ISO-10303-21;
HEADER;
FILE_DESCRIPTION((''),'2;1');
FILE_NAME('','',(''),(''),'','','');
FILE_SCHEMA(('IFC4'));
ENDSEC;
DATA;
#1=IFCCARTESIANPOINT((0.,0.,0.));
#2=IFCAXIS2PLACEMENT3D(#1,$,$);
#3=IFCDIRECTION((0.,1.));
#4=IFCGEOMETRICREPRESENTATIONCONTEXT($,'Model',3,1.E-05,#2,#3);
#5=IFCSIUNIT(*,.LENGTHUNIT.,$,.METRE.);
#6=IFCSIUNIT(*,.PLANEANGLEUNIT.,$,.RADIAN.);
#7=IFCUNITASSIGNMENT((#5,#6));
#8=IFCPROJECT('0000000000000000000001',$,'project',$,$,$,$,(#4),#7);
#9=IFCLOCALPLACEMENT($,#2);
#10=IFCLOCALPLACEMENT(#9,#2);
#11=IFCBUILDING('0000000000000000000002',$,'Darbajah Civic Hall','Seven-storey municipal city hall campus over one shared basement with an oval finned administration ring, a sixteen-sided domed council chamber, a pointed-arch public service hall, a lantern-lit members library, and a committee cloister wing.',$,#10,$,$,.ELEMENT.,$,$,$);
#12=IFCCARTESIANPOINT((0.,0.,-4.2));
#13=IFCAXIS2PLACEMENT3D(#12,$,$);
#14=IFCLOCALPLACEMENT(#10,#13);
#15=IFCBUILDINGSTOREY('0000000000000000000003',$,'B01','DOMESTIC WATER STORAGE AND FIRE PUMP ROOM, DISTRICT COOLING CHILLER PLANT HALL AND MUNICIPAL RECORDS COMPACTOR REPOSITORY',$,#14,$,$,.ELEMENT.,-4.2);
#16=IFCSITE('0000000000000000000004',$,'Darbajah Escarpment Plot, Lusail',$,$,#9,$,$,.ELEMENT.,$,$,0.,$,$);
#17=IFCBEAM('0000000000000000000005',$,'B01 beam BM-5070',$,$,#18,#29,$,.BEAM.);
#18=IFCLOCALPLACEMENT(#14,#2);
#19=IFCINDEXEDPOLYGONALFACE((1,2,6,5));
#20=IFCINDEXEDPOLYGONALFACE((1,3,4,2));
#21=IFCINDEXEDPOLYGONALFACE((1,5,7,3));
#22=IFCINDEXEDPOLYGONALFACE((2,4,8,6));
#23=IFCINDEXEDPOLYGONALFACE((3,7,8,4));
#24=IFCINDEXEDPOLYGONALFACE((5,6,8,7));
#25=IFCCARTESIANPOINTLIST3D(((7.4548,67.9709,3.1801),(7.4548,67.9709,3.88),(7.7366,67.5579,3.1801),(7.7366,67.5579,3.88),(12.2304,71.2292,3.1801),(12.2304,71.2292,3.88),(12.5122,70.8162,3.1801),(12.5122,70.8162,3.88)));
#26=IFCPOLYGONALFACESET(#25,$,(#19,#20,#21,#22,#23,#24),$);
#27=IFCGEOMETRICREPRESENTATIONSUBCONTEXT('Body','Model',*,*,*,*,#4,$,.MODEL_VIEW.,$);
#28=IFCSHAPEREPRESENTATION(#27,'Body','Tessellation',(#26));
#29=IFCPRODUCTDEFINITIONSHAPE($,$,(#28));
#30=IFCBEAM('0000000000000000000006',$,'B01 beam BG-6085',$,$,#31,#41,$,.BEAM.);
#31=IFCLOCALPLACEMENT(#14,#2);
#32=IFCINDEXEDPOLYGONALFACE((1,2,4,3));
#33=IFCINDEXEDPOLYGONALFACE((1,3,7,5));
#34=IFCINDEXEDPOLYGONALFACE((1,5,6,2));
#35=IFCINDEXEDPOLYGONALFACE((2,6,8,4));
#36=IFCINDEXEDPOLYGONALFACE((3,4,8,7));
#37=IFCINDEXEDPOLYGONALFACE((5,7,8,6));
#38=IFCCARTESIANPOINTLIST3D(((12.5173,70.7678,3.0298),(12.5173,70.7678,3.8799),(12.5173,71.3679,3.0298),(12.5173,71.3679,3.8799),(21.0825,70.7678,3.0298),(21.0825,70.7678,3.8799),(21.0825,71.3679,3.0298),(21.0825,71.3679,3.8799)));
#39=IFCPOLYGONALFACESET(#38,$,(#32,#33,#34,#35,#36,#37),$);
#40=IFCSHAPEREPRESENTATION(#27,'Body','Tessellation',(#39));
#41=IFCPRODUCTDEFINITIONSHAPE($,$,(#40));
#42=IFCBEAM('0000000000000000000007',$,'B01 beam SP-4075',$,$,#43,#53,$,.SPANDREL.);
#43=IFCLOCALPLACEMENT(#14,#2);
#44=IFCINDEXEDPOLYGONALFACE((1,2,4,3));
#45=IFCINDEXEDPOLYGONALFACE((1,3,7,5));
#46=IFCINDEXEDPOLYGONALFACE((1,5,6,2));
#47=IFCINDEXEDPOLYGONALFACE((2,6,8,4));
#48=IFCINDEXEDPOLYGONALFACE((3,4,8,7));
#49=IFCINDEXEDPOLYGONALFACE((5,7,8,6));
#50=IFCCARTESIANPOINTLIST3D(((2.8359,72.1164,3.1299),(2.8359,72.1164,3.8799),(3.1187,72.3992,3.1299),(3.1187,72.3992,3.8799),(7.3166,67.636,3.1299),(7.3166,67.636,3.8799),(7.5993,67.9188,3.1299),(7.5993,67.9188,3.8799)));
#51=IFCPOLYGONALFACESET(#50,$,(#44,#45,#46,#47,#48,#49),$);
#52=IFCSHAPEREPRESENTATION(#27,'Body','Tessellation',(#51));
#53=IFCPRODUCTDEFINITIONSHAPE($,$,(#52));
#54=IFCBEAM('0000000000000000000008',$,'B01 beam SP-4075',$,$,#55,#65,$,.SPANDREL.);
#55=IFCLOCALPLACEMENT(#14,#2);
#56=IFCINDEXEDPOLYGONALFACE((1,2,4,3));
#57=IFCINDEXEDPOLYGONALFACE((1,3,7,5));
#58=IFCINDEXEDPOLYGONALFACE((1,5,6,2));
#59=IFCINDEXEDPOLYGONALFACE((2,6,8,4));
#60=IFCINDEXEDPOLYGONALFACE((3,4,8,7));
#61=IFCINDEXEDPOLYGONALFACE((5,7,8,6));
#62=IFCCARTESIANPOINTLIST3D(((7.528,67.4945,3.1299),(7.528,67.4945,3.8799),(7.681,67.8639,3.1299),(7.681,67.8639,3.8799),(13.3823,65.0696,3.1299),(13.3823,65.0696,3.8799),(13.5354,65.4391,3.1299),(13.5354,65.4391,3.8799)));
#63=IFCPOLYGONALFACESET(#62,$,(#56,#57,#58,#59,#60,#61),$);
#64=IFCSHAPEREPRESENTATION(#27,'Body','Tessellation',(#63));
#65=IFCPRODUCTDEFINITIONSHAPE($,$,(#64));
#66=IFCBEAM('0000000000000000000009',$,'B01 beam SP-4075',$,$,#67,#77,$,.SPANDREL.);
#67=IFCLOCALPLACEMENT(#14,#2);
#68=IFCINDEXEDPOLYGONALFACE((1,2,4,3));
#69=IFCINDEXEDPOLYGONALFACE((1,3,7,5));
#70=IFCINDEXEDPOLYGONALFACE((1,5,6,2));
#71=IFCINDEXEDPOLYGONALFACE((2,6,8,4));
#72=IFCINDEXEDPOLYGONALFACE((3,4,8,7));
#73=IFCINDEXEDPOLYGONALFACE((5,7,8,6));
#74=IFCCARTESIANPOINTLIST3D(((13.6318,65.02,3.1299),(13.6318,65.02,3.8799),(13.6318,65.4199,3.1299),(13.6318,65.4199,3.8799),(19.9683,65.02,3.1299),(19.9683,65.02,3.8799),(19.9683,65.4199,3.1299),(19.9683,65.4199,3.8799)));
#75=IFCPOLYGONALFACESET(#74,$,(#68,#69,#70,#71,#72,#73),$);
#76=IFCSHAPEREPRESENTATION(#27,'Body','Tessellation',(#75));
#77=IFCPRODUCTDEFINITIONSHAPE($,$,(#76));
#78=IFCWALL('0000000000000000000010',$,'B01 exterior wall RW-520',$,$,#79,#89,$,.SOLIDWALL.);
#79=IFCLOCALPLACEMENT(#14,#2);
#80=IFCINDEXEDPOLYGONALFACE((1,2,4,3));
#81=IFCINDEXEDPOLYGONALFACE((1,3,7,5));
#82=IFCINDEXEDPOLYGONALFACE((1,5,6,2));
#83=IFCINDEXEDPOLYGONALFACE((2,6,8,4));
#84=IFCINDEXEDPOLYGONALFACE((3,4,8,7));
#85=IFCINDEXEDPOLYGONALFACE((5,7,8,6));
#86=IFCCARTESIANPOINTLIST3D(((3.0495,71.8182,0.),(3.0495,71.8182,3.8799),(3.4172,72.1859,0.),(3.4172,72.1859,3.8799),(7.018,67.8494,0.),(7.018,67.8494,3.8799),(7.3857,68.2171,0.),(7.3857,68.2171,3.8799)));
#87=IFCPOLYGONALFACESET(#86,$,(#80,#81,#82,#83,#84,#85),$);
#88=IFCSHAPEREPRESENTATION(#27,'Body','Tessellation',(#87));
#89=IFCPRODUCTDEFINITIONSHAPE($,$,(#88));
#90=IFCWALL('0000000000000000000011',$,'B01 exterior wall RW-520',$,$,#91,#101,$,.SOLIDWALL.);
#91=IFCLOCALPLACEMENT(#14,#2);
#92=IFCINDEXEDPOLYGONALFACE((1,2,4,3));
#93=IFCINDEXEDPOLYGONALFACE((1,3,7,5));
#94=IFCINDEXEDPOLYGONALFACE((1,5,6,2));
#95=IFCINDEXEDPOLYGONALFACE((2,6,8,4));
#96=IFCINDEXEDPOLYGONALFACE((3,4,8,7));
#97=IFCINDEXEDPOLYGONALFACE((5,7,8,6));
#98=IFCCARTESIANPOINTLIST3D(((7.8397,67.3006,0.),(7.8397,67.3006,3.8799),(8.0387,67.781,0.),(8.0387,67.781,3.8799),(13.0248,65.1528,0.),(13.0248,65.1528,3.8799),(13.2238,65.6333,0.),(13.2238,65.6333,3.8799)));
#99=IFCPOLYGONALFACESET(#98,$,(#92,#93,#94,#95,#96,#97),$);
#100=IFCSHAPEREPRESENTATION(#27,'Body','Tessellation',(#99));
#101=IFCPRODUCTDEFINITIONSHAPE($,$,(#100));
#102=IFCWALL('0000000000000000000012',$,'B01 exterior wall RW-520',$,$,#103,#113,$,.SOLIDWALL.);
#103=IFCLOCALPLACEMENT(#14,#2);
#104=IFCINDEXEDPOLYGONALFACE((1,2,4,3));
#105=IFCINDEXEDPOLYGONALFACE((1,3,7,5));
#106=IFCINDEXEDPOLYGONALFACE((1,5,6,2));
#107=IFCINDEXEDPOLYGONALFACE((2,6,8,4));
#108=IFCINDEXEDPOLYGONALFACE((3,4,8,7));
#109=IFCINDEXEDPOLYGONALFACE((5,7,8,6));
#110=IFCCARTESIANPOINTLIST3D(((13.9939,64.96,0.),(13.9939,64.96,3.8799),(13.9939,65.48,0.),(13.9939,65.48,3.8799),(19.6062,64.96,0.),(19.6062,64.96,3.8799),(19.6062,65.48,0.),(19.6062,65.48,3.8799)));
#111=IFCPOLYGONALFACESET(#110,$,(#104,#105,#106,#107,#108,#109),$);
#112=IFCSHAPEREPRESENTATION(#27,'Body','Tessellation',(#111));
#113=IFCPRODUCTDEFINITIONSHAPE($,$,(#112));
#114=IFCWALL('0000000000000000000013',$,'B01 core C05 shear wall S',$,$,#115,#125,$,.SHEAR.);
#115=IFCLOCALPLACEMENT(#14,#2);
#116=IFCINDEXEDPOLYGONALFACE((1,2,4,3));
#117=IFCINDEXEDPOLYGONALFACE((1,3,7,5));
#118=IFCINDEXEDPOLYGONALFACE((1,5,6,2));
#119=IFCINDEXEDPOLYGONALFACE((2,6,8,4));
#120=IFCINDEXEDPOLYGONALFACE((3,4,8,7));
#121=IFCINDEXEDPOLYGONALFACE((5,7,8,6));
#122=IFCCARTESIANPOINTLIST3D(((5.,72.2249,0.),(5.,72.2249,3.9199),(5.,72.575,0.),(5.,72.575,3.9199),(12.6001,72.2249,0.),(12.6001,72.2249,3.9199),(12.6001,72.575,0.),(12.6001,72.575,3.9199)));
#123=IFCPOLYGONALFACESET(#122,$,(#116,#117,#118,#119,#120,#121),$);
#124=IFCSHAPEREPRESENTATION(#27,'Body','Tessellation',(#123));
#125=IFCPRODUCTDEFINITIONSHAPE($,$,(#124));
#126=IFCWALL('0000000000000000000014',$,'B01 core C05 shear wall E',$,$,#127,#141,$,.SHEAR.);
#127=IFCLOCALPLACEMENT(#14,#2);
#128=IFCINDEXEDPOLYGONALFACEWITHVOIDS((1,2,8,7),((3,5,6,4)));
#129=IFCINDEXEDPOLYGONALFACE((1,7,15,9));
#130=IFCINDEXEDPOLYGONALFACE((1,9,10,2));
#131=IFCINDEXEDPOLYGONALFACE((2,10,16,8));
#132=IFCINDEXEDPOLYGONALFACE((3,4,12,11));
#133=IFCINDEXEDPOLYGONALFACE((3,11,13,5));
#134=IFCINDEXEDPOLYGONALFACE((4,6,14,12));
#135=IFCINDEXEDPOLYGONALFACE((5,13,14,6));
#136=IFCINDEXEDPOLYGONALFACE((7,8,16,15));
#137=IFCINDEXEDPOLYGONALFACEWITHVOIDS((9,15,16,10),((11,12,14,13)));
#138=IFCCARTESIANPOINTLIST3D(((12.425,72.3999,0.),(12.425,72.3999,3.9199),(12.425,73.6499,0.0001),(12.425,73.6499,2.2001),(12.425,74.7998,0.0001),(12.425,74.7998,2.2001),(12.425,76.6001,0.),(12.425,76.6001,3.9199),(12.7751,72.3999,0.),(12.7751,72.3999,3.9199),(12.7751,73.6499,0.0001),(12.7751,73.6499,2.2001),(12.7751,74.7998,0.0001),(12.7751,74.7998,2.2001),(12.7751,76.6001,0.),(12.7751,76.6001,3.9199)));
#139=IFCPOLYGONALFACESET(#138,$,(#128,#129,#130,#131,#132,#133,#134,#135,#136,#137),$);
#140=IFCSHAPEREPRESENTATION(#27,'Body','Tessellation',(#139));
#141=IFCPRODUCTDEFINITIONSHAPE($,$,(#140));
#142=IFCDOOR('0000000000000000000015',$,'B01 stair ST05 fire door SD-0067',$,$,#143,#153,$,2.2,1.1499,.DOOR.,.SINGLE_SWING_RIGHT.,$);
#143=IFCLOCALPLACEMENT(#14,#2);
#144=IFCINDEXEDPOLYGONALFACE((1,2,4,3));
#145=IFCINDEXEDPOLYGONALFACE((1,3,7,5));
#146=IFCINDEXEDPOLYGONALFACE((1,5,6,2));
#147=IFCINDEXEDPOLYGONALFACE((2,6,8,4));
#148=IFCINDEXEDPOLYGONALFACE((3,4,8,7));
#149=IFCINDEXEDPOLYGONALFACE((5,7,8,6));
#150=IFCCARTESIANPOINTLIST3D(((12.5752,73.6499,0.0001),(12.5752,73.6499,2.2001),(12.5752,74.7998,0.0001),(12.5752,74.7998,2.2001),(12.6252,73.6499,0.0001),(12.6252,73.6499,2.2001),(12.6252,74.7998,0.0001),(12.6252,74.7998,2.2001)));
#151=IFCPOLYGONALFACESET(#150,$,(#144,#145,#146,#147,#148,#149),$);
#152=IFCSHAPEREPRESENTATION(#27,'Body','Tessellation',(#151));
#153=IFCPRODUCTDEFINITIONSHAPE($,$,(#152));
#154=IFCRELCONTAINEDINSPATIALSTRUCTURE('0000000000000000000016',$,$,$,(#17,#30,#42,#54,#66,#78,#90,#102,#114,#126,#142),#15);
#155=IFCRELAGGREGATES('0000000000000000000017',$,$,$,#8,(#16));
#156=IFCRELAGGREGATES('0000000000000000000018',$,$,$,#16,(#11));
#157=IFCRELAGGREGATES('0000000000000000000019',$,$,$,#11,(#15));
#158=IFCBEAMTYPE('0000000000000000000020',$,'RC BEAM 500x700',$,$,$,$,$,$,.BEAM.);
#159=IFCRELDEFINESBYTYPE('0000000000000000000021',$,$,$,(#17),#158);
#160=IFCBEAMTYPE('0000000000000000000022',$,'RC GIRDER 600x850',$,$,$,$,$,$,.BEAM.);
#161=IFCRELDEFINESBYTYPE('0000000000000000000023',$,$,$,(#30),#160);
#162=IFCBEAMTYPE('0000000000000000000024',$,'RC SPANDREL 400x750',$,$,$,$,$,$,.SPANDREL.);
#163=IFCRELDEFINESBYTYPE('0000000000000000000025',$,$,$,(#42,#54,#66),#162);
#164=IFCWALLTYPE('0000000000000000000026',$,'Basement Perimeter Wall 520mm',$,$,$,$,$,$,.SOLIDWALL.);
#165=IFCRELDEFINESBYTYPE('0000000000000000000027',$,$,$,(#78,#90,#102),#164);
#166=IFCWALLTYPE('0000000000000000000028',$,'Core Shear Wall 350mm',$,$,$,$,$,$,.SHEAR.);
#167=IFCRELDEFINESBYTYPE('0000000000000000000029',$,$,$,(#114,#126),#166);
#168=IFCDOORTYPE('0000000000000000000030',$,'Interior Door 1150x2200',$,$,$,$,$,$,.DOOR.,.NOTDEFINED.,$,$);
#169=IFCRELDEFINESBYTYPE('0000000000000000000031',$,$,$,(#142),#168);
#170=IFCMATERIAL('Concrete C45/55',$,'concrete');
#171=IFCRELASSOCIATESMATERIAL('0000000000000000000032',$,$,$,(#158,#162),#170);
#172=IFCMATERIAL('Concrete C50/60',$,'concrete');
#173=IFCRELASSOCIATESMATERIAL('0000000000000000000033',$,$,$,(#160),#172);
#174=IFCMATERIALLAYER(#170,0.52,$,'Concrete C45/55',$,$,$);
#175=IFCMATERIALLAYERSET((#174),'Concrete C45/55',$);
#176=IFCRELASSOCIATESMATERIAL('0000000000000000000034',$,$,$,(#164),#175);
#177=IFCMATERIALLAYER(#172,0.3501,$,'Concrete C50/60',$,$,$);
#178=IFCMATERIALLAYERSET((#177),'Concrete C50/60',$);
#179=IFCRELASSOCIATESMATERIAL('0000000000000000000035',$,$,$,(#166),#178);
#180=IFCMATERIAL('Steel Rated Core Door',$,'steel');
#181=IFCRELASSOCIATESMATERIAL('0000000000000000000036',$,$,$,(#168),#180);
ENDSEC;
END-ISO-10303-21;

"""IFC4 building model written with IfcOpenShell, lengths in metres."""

from ifc_helpers import new_model, si_unit, direction, frame, frame_2d, origin, origin_2d, place, context, subcontext, project, spatial, rectangle, extrude, material, layer, layer_set, material_profile, profile_set, type_object, element, fill, save


model = new_model("IFC4")

# Units and contexts
model_context = context("Model", 3, precision=1e-05, world=origin(), true_north=direction((0.0, 1.0)))
body_context = subcontext(model_context, "Body", "Model", "MODEL_VIEW")
ifc_project = project(units=[si_unit("LENGTHUNIT", "METRE"), si_unit("PLANEANGLEUNIT", "RADIAN")], contexts=[model_context])

# Site, building, storey
site_placement = place(None, origin())
site = spatial("IfcSite", under=ifc_project, at=site_placement, Name="Darbajah Escarpment Plot, Lusail", CompositionType="ELEMENT", RefElevation=0.0)
building_placement = place(site_placement, origin())
building = spatial("IfcBuilding", under=site, at=building_placement, Name="Darbajah Civic Hall", Description="Seven-storey municipal city hall campus over one shared basement with an oval finned administration ring, a sixteen-sided domed council chamber, a pointed-arch public service hall, a lantern-lit members library, and a committee cloister wing.", CompositionType="ELEMENT")
storey_placement = place(building_placement, frame((0.0, 0.0, -4.2)))
storey = spatial("IfcBuildingStorey", under=building, at=storey_placement, Name="B01", Description="DOMESTIC WATER STORAGE AND FIRE PUMP ROOM, DISTRICT COOLING CHILLER PLANT HALL AND MUNICIPAL RECORDS COMPACTOR REPOSITORY", CompositionType="ELEMENT", Elevation=-4.2)

# Shared definitions
ifc_material_1 = material(Name="Concrete C45/55", Category="concrete")

# Shared definitions
ifc_material_2 = material(Name="Concrete C50/60", Category="concrete")

# Beams
ifc_material_profile_1 = material_profile(ifc_material_1, rectangle(XDim=0.5, YDim=0.7, at=origin_2d()), Name="RC BEAM 500x700")
ifc_profile_set_1 = profile_set([ifc_material_profile_1], Name="Concrete C45/55")
beam_type_1 = type_object("IfcBeamType", Name="RC BEAM 500x700", PredefinedType="BEAM", material=ifc_profile_set_1)
beam_1_placement = place(storey_placement, frame((12.3713, 71.0227, 3.53), z_axis=(-0.826051, -0.563595, 0.0), x_axis=(0.563595, -0.826051, 0.0)))
element("IfcBeam", 1, at=beam_1_placement, inside=storey, type_object=beam_type_1, Name="B01 beam BM-5070", PredefinedType="BEAM", context=body_context, shape_type="SweptSolid", body=[
    extrude(rectangle(XDim=0.5, YDim=0.7, at=origin_2d()), origin(), (0.0, 0.0, 1.0), 5.7812),
])
ifc_material_profile_2 = material_profile(ifc_material_2, rectangle(XDim=0.6001, YDim=0.8501, at=origin_2d()), Name="RC GIRDER 600x850")
ifc_profile_set_2 = profile_set([ifc_material_profile_2], Name="Concrete C50/60")
beam_type_2 = type_object("IfcBeamType", Name="RC GIRDER 600x850", PredefinedType="BEAM", material=ifc_profile_set_2)
beam_2_placement = place(storey_placement, frame((12.5173, 71.0679, 3.4548), z_axis=(1.0, 0.0, 0.0), x_axis=(0.0, 1.0, 0.0)))
element("IfcBeam", 2, at=beam_2_placement, inside=storey, type_object=beam_type_2, Name="B01 beam BG-6085", PredefinedType="BEAM", context=body_context, shape_type="SweptSolid", body=[
    extrude(rectangle(XDim=0.6001, YDim=0.8501, at=origin_2d()), origin(), (0.0, 0.0, 1.0), 8.5652),
])
ifc_material_profile_3 = material_profile(ifc_material_1, rectangle(XDim=0.3999, YDim=0.75, at=origin_2d()), Name="RC SPANDREL 400x750")
ifc_profile_set_3 = profile_set([ifc_material_profile_3], Name="Concrete C45/55")
beam_type_3 = type_object("IfcBeamType", Name="RC SPANDREL 400x750", PredefinedType="SPANDREL", material=ifc_profile_set_3)
beam_3_placement = place(storey_placement, frame((2.9773, 72.2578, 3.5049), z_axis=(0.707126, -0.707088, 0.0), x_axis=(0.707088, 0.707126, 0.0)))
element("IfcBeam", 3, at=beam_3_placement, inside=storey, type_object=beam_type_3, Name="B01 beam SP-4075", PredefinedType="SPANDREL", context=body_context, shape_type="SweptSolid", body=[
    extrude(rectangle(XDim=0.3999, YDim=0.75, at=origin_2d()), origin(), (0.0, 0.0, 1.0), 6.3364),
])
beam_4_placement = place(storey_placement, frame((7.6045, 67.6792, 3.5049), z_axis=(0.923885, -0.382669, 0.0), x_axis=(0.382669, 0.923885, 0.0)))
element("IfcBeam", 4, at=beam_4_placement, inside=storey, type_object=beam_type_3, Name="B01 beam SP-4075", PredefinedType="SPANDREL", context=body_context, shape_type="SweptSolid", body=[
    extrude(rectangle(XDim=0.3999, YDim=0.75, at=origin_2d()), origin(), (0.0, 0.0, 1.0), 6.3367),
])
beam_5_placement = place(storey_placement, frame((13.6318, 65.22, 3.5049), z_axis=(1.0, 0.0, 0.0), x_axis=(0.0, 1.0, 0.0)))
element("IfcBeam", 5, at=beam_5_placement, inside=storey, type_object=beam_type_3, Name="B01 beam SP-4075", PredefinedType="SPANDREL", context=body_context, shape_type="SweptSolid", body=[
    extrude(rectangle(XDim=0.3999, YDim=0.75, at=origin_2d()), origin(), (0.0, 0.0, 1.0), 6.3364),
])

# Walls
ifc_layer_1 = layer(ifc_material_1, 0.52, Name="Concrete C45/55")
ifc_layer_set_1 = layer_set([ifc_layer_1], Name="Concrete C45/55")
wall_type_1 = type_object("IfcWallType", Name="Basement Perimeter Wall 520mm", PredefinedType="SOLIDWALL", material=ifc_layer_set_1)
wall_1_placement = place(storey_placement, frame((3.2334, 72.002, 0.0), z_axis=(0.0, 0.0, 1.0), x_axis=(0.707085, -0.707129, 0.0)))
element("IfcWall", 6, at=wall_1_placement, inside=storey, type_object=wall_type_1, Name="B01 exterior wall RW-520", PredefinedType="SOLIDWALL", context=body_context, shape_type="SweptSolid", body=[
    extrude(rectangle(XDim=5.6125, YDim=0.52, at=frame_2d((2.8062, 0.0))), origin(), (0.0, 0.0, 1.0), 3.8799),
])
for number, where, z_axis, x_axis, name in (
    (7, (7.9392, 67.5408, 0.0), (0.0, 0.0, 1.0), (0.923881, -0.382681, 0.0), "B01 exterior wall RW-520"),
    (8, (13.9939, 65.22, 0.0), (0.0, 0.0, 1.0), (1.0, 0.0, 0.0), "B01 exterior wall RW-520"),
):
    element("IfcWall", number, at=place(storey_placement, frame(where, z_axis=z_axis, x_axis=x_axis)), inside=storey, type_object=wall_type_1, Name=name, PredefinedType="SOLIDWALL", context=body_context, shape_type="SweptSolid", body=[
        extrude(rectangle(XDim=5.6123, YDim=0.52, at=frame_2d((2.8062, 0.0))), origin(), (0.0, 0.0, 1.0), 3.8799),
    ])
ifc_layer_2 = layer(ifc_material_2, 0.3501, Name="Concrete C50/60")
ifc_layer_set_2 = layer_set([ifc_layer_2], Name="Concrete C50/60")
wall_type_2 = type_object("IfcWallType", Name="Core Shear Wall 350mm", PredefinedType="SHEAR", material=ifc_layer_set_2)
wall_2_placement = place(storey_placement, frame((5.0, 72.3999, 0.0), z_axis=(0.0, 0.0, 1.0), x_axis=(1.0, 0.0, 0.0)))
element("IfcWall", 9, at=wall_2_placement, inside=storey, type_object=wall_type_2, Name="B01 core C05 shear wall S", PredefinedType="SHEAR", context=body_context, shape_type="SweptSolid", body=[
    extrude(rectangle(XDim=7.6001, YDim=0.3501, at=frame_2d((3.8, 0.0))), origin(), (0.0, 0.0, 1.0), 3.9199),
])

# Wall, opening, door
wall_3_placement = place(storey_placement, frame((12.6001, 72.3999, 0.0), z_axis=(0.0, 0.0, 1.0), x_axis=(0.0, 1.0, 0.0)))
wall_3 = element("IfcWall", 10, at=wall_3_placement, inside=storey, type_object=wall_type_2, Name="B01 core C05 shear wall E", PredefinedType="SHEAR", context=body_context, shape_type="SweptSolid", body=[
    extrude(rectangle(XDim=4.2002, YDim=0.3501, at=frame_2d((2.1001, 0.0))), origin(), (0.0, 0.0, 1.0), 3.9199),
])
opening_placement = place(wall_3_placement, frame((1.25, 0.0, 0.0)))
opening = element("IfcOpeningElement", 11, at=opening_placement, cuts=wall_3, PredefinedType="OPENING", context=body_context, shape_type="SweptSolid", body=[
    extrude(rectangle(XDim=1.1499, YDim=2.2, at=frame_2d((0.575, 1.1001))), frame((0.0, 0.1851, 0.0), z_axis=(0.0, -1.0, 0.0), x_axis=(1.0, 0.0, 0.0)), (0.0, 0.0, 1.0), 0.3701),
])
ifc_material_3 = material(Name="Steel Rated Core Door", Category="steel")
door_type = type_object("IfcDoorType", Name="Interior Door 1150x2200", OperationType="NOTDEFINED", PredefinedType="DOOR", material=ifc_material_3)
door_placement = place(opening_placement, origin())
door = element("IfcDoor", 12, at=door_placement, inside=storey, type_object=door_type, Name="B01 stair ST05 fire door SD-0067", OperationType="SINGLE_SWING_RIGHT", OverallHeight=2.2, OverallWidth=1.1499, PredefinedType="DOOR", context=body_context, shape_type="SweptSolid", body=[
    extrude(rectangle(XDim=1.1499, YDim=2.2, at=frame_2d((0.575, 1.1001))), frame((0.0, 0.0249, 0.0), z_axis=(0.0, -1.0, 0.0), x_axis=(1.0, 0.0, 0.0)), (0.0, 0.0, 1.0), 0.05),
])
fill(opening, door)

save(model, "model.ifc")
